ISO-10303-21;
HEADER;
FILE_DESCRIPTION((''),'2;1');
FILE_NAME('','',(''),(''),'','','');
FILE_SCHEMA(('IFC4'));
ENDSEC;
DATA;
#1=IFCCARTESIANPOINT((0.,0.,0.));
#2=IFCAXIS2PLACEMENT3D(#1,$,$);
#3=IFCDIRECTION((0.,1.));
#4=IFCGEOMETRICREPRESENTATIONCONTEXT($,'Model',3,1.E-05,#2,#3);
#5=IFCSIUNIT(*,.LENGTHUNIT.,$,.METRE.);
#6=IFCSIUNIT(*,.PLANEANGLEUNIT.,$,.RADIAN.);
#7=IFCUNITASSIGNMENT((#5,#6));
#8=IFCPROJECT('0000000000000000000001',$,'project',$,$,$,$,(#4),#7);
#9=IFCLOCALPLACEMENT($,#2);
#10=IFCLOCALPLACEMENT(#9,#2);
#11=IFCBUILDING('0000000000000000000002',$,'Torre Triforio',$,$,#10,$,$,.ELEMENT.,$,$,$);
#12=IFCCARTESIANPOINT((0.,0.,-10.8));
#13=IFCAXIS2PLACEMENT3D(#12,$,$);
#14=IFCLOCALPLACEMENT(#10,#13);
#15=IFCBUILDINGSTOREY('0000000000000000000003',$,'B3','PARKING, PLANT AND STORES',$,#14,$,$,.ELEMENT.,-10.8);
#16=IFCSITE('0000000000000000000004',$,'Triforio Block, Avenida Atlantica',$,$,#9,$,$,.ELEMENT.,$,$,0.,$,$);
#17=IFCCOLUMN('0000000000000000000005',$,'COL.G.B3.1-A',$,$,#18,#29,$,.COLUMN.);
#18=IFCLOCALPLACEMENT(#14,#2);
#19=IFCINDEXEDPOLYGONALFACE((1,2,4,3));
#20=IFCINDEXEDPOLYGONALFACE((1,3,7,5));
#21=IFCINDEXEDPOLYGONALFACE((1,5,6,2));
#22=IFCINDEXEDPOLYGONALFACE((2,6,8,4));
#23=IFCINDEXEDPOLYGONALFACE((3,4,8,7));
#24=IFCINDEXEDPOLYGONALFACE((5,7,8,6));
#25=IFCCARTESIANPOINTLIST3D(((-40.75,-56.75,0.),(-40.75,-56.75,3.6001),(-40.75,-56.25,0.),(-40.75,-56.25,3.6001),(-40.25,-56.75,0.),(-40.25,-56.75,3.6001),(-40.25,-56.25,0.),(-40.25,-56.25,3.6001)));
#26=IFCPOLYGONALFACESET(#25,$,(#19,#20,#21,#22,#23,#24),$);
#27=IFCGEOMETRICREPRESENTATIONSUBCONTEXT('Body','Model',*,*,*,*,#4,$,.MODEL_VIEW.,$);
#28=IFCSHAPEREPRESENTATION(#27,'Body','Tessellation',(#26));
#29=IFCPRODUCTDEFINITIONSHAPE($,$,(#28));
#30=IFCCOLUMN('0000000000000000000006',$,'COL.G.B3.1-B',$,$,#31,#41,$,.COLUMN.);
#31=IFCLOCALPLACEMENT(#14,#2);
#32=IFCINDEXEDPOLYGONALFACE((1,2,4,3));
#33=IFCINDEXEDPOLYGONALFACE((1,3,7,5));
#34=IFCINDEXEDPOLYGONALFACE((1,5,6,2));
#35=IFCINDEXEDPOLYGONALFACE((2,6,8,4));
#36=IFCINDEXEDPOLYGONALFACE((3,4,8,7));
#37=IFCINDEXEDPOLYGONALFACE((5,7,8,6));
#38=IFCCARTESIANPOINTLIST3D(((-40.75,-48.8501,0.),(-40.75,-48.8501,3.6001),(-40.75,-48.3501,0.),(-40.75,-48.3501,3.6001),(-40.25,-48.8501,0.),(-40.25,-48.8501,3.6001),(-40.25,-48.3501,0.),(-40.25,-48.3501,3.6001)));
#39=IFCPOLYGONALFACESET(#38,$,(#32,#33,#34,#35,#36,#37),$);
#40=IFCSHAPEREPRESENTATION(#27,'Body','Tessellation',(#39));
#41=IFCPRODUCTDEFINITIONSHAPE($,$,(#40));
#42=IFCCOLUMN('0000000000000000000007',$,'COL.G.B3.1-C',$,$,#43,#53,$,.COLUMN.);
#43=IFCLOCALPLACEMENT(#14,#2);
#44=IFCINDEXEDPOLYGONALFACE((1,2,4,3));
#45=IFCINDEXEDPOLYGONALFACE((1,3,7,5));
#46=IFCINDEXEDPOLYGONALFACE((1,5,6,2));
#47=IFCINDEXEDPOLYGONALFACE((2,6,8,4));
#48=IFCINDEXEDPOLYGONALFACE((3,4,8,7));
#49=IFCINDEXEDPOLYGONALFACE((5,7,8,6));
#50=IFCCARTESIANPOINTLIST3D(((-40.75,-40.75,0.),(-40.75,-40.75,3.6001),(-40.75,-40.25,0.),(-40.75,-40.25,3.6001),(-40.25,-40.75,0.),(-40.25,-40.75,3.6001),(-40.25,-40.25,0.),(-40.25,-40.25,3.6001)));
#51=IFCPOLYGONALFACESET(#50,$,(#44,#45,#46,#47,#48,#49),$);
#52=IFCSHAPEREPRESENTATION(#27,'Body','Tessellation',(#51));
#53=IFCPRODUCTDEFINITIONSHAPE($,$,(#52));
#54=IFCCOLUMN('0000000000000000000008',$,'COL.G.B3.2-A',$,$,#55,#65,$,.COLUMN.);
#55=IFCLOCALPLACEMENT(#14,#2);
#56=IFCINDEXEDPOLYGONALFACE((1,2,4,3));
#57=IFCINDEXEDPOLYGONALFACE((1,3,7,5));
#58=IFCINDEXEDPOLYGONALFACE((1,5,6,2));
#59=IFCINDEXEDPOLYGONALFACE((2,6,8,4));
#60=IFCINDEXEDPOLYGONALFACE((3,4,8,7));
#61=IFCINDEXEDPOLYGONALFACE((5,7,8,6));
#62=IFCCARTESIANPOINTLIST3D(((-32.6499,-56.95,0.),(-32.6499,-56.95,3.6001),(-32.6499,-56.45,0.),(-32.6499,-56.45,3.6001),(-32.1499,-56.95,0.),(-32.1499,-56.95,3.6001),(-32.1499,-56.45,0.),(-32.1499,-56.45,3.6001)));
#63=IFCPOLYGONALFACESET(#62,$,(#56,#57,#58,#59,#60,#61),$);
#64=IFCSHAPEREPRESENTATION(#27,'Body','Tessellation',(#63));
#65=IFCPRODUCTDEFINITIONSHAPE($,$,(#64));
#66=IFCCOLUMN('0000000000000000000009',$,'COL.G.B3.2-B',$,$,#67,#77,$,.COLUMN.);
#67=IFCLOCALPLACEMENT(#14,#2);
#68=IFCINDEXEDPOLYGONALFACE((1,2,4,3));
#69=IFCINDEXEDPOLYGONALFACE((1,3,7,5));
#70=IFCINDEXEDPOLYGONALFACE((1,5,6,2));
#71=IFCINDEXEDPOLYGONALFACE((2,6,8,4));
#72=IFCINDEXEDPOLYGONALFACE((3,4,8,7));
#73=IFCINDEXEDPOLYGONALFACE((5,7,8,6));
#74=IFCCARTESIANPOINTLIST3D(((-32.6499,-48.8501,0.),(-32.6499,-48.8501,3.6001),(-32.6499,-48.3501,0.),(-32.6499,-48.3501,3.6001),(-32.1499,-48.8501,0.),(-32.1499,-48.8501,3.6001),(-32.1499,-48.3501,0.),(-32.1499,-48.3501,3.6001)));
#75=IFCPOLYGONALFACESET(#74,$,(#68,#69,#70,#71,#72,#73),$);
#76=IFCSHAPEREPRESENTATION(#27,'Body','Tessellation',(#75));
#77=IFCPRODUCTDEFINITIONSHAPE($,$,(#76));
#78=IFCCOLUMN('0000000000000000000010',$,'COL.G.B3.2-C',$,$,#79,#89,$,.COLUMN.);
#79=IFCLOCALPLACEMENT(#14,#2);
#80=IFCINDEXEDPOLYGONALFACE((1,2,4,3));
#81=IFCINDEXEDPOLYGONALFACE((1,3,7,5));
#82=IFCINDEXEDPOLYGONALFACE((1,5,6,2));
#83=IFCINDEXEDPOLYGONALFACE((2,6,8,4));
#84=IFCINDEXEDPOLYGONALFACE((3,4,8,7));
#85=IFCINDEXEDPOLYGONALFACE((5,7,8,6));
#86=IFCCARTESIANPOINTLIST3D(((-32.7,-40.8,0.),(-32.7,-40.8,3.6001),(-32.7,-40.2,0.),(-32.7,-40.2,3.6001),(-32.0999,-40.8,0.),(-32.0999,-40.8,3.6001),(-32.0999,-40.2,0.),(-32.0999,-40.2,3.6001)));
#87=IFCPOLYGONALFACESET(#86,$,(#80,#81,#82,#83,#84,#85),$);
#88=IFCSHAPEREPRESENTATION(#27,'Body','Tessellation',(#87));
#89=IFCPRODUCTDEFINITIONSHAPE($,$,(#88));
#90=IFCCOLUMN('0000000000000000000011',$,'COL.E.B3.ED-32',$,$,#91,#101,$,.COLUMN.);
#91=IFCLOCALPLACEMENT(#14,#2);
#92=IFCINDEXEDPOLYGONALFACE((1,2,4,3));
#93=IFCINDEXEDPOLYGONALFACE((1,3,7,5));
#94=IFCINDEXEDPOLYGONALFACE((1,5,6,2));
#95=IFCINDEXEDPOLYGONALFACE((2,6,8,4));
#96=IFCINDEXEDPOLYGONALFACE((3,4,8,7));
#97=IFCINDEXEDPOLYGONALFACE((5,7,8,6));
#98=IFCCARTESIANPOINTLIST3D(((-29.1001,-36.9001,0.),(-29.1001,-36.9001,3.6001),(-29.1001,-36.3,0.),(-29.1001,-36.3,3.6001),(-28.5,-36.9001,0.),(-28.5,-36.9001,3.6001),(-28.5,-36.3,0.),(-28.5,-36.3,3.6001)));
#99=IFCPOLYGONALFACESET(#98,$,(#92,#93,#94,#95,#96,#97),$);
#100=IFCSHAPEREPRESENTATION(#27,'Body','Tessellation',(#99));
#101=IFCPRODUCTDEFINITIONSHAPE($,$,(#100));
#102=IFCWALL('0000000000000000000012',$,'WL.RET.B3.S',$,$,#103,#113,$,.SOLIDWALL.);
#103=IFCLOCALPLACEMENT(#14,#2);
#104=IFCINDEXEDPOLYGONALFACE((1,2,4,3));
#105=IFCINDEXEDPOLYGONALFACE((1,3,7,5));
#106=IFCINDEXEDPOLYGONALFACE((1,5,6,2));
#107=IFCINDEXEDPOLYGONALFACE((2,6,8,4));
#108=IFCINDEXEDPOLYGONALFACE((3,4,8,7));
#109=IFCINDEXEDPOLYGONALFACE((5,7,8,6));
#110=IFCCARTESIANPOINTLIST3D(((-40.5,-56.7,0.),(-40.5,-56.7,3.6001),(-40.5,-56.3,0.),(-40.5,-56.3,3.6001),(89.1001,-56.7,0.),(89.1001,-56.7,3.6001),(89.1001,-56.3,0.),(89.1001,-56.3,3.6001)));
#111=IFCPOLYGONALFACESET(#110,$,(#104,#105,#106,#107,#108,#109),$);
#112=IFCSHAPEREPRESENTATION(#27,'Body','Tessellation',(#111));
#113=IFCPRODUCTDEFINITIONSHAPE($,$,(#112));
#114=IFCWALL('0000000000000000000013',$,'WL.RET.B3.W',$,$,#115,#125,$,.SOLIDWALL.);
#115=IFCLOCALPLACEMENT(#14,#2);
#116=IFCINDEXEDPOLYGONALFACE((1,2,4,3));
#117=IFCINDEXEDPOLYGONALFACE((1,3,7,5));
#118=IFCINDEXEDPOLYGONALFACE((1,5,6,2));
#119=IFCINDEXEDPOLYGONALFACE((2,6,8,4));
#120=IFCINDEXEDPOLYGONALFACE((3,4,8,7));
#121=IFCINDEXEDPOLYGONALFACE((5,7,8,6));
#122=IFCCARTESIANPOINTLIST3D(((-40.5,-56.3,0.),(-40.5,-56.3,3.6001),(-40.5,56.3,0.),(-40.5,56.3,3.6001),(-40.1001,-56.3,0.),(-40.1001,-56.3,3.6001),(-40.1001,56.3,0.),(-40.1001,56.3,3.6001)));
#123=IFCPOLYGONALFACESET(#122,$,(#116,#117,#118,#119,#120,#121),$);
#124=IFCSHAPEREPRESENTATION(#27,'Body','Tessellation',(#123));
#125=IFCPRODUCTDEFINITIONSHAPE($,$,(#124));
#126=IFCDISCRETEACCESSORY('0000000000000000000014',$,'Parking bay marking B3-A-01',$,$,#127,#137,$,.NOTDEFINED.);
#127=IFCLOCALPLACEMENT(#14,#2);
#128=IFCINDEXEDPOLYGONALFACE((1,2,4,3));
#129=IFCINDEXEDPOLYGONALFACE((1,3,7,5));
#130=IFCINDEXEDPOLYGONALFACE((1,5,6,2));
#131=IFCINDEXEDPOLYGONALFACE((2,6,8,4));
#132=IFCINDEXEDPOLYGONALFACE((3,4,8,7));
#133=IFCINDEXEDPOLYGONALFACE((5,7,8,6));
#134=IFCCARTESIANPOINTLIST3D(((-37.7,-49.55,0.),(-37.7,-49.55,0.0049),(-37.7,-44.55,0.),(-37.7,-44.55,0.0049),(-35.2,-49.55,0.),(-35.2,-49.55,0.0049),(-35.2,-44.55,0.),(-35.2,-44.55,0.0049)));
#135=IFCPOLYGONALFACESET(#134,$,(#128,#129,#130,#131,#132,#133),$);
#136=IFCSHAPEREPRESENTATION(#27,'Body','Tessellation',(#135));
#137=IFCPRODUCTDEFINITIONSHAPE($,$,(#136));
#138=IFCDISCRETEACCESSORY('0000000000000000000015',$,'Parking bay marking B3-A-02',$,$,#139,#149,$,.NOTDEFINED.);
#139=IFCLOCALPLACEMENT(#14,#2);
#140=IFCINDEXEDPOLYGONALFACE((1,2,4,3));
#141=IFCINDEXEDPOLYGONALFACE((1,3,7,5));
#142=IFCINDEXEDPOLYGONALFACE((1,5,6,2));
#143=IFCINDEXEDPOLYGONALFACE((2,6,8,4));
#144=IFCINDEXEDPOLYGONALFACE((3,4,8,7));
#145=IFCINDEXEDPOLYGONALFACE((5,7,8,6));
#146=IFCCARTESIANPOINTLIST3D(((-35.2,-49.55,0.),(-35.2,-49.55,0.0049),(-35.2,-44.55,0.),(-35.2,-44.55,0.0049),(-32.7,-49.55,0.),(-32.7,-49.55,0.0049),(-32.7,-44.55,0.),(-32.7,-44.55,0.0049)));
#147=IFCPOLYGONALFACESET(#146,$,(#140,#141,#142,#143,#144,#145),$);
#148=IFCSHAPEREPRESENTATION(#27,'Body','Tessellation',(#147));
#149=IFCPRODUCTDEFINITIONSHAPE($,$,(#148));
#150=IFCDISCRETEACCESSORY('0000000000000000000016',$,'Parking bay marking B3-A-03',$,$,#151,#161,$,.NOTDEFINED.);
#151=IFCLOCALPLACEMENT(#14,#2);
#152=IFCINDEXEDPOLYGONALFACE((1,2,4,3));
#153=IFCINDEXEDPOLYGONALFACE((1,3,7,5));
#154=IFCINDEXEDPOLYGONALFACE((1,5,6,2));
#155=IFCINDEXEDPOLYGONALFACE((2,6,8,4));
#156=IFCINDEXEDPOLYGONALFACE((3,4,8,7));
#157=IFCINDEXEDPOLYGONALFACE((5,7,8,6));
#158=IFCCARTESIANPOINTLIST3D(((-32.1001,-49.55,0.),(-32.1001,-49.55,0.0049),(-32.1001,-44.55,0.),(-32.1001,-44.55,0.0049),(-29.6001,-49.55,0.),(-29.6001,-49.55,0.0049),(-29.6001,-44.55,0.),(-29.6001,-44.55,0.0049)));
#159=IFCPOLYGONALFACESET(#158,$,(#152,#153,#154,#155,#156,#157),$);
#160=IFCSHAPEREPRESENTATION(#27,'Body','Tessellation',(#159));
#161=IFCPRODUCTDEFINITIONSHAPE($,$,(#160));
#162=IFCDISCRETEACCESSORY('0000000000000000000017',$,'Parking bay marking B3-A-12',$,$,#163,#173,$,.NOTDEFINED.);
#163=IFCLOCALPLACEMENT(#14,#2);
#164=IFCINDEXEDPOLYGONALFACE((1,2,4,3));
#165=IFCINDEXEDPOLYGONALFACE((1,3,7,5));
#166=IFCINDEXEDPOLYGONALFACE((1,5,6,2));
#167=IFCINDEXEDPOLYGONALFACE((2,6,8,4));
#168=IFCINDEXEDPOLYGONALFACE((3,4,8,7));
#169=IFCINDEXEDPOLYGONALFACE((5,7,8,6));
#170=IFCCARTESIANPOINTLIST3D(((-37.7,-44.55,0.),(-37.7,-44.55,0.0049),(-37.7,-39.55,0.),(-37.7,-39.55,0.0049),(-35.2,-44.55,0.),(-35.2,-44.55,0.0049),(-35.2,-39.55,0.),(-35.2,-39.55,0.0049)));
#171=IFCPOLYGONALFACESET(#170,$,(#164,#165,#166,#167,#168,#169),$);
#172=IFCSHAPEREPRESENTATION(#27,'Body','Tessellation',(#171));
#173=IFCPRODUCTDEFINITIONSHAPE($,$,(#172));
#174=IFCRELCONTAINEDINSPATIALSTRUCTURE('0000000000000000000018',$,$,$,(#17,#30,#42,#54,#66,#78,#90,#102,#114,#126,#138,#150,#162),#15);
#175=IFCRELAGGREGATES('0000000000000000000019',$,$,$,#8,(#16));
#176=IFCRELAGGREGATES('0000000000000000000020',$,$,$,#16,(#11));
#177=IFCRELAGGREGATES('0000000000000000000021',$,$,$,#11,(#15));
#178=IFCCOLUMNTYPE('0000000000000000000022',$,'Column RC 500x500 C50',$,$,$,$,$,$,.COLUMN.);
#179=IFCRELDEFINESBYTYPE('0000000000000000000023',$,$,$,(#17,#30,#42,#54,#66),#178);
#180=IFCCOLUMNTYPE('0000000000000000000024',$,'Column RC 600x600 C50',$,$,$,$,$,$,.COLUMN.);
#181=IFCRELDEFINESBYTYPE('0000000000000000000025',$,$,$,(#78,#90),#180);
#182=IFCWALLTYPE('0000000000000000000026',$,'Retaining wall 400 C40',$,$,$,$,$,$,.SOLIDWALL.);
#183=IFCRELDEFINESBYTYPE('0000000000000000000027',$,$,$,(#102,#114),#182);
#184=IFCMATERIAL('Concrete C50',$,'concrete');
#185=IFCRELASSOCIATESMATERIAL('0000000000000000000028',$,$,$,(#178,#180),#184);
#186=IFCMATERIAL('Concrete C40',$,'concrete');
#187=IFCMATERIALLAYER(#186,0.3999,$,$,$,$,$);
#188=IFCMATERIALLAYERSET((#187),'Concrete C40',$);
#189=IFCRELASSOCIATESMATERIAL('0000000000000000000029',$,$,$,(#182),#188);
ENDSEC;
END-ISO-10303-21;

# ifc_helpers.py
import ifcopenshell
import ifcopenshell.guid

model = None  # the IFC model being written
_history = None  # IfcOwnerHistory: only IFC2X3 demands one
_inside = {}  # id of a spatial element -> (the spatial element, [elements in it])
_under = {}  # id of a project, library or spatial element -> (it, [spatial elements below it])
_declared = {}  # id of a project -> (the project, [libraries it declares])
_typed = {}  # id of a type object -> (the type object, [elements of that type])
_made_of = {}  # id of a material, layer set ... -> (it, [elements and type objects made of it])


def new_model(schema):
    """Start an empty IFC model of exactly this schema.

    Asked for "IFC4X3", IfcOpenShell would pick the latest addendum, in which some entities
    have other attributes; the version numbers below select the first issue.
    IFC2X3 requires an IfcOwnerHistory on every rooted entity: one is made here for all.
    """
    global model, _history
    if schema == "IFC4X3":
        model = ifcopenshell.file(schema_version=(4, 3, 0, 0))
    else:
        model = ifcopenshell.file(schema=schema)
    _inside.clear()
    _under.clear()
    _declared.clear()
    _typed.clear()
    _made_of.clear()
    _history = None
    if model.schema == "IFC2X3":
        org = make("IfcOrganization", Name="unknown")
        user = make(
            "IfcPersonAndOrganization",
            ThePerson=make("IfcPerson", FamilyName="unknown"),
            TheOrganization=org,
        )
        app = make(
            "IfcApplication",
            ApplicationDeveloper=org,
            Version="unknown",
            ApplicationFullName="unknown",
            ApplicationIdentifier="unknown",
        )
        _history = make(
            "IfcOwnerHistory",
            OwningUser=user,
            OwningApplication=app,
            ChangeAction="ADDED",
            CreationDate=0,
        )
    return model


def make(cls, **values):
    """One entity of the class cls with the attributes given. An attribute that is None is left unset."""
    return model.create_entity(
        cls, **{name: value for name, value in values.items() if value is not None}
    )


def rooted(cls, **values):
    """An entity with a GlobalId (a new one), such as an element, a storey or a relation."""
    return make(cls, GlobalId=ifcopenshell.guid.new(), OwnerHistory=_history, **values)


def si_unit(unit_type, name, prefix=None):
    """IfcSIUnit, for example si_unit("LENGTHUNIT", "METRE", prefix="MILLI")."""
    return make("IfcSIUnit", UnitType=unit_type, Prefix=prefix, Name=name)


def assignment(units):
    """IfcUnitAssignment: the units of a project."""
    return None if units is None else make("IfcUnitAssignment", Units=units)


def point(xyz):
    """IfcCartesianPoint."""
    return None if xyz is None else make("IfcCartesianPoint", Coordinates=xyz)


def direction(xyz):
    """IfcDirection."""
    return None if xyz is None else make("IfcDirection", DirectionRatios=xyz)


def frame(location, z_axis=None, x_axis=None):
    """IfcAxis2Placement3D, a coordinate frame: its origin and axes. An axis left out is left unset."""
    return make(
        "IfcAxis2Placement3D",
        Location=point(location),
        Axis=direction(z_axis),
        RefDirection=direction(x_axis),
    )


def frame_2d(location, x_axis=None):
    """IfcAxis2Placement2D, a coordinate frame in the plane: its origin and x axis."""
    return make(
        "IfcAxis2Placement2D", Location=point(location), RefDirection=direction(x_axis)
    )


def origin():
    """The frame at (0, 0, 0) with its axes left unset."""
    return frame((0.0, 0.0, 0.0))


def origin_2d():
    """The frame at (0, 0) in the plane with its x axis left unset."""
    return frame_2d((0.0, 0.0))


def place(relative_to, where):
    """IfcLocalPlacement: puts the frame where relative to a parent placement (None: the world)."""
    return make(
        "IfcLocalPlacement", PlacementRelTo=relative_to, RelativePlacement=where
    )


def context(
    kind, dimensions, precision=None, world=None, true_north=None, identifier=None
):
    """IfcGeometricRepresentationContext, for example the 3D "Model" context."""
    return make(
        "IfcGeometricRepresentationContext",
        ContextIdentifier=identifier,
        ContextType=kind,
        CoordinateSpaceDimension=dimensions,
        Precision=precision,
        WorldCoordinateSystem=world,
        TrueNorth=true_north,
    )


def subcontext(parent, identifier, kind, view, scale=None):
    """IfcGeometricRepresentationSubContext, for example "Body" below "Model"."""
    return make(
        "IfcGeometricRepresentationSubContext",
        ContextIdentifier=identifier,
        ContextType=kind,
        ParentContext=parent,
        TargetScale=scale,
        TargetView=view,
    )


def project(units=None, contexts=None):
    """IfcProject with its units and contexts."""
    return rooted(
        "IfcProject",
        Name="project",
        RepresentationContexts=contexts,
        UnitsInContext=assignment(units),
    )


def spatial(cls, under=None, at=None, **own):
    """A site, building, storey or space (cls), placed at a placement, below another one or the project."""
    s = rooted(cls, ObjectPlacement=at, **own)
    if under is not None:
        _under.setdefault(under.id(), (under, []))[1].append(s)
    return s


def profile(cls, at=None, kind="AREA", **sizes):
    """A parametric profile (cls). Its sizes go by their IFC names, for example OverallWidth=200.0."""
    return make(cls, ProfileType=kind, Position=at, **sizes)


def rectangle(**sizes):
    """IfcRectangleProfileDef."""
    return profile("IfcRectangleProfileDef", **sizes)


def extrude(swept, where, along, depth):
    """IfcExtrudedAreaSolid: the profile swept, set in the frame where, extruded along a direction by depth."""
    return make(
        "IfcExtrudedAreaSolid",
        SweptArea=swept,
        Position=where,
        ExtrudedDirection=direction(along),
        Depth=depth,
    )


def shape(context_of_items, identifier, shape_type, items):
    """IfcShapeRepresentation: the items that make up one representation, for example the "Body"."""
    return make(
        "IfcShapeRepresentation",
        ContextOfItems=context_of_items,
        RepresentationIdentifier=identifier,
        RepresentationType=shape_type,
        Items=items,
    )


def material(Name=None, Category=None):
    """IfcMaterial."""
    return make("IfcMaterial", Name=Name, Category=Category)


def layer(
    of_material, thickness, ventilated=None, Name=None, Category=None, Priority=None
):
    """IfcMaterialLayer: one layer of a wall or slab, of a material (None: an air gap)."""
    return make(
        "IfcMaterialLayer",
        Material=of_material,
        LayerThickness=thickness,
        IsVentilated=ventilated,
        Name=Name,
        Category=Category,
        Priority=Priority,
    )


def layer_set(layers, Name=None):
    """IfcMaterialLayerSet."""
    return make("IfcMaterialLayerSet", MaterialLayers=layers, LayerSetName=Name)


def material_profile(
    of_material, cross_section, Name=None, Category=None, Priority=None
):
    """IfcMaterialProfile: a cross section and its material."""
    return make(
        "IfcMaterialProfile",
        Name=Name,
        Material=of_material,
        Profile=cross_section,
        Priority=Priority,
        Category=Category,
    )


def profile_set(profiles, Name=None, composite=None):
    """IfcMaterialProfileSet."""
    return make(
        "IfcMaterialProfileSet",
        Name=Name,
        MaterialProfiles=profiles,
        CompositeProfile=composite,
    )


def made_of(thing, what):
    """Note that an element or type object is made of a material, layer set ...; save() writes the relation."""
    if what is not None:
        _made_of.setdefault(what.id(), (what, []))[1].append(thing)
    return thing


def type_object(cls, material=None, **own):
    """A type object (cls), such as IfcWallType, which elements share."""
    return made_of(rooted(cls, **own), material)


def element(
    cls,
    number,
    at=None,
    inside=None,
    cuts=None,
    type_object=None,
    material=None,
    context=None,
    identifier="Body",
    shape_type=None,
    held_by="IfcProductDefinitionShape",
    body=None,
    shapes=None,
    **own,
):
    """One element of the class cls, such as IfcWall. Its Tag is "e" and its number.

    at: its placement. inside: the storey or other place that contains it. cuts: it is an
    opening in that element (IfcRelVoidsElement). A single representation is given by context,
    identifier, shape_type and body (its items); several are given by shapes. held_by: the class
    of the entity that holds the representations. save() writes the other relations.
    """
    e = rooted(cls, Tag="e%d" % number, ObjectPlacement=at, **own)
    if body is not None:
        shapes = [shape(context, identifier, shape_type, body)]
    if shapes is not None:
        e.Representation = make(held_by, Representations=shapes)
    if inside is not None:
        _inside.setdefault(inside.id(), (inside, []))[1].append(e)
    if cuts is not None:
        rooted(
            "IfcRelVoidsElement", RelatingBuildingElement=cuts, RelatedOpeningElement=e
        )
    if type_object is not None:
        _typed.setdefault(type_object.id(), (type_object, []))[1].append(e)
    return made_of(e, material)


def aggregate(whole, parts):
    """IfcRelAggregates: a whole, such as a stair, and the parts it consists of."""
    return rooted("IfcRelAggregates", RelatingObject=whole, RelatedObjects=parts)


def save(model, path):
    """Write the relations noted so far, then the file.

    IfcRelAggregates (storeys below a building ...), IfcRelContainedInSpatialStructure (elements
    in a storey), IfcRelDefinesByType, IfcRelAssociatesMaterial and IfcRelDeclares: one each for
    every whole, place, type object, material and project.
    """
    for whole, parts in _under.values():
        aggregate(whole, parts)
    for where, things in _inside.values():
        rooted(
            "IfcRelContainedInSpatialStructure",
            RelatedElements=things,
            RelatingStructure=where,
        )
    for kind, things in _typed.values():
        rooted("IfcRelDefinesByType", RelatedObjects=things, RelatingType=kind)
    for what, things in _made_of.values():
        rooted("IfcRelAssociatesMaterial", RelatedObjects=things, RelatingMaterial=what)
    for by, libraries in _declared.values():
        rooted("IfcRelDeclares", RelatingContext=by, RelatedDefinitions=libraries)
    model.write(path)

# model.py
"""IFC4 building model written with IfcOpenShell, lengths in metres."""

from ifc_helpers import new_model, si_unit, direction, frame, frame_2d, origin, origin_2d, place, context, subcontext, project, spatial, rectangle, extrude, material, layer, layer_set, material_profile, profile_set, type_object, element, save


model = new_model("IFC4")

# Units and contexts
model_context = context("Model", 3, precision=1e-05, world=origin(), true_north=direction((0.0, 1.0)))
body_context = subcontext(model_context, "Body", "Model", "MODEL_VIEW")
ifc_project = project(units=[si_unit("LENGTHUNIT", "METRE"), si_unit("PLANEANGLEUNIT", "RADIAN")], contexts=[model_context])

# Site, building, storey
site_placement = place(None, origin())
site = spatial("IfcSite", under=ifc_project, at=site_placement, Name="Triforio Block, Avenida Atlantica", CompositionType="ELEMENT", RefElevation=0.0)
building_placement = place(site_placement, origin())
building = spatial("IfcBuilding", under=site, at=building_placement, Name="Torre Triforio", CompositionType="ELEMENT")
storey_placement = place(building_placement, frame((0.0, 0.0, -10.8)))
storey = spatial("IfcBuildingStorey", under=building, at=storey_placement, Name="B3", Description="PARKING, PLANT AND STORES", CompositionType="ELEMENT", Elevation=-10.8)

# Shared definitions
ifc_material_1 = material(Name="Concrete C50", Category="concrete")

# Columns
ifc_material_profile_1 = material_profile(ifc_material_1, rectangle(XDim=0.5, YDim=0.5, at=origin_2d()), Name="RC 500x500")
ifc_profile_set_1 = profile_set([ifc_material_profile_1], Name="Concrete C50")
column_type_1 = type_object("IfcColumnType", Name="Column RC 500x500 C50", PredefinedType="COLUMN", material=ifc_profile_set_1)
for number, where, z_axis, x_axis, name in (
    (1, (-40.5, -56.5, 0.0), (0.0, 0.0, 1.0), (1.0, 0.0, 0.0), "COL.G.B3.1-A"),
    (2, (-40.5, -48.6001, 0.0), (0.0, 0.0, 1.0), (1.0, 0.0, 0.0), "COL.G.B3.1-B"),
    (3, (-40.5, -40.5, 0.0), (0.0, 0.0, 1.0), (1.0, 0.0, 0.0), "COL.G.B3.1-C"),
    (4, (-32.3999, -56.7, 0.0), (0.0, 0.0, 1.0), (1.0, 0.0, 0.0), "COL.G.B3.2-A"),
    (5, (-32.3999, -48.6001, 0.0), (0.0, 0.0, 1.0), (1.0, 0.0, 0.0), "COL.G.B3.2-B"),
):
    element("IfcColumn", number, at=place(storey_placement, frame(where, z_axis=z_axis, x_axis=x_axis)), inside=storey, type_object=column_type_1, Name=name, PredefinedType="COLUMN", context=body_context, shape_type="SweptSolid", body=[
        extrude(rectangle(XDim=0.5, YDim=0.5, at=origin_2d()), origin(), (0.0, 0.0, 1.0), 3.6001),
    ])
ifc_material_profile_2 = material_profile(ifc_material_1, rectangle(XDim=0.6001, YDim=0.6001, at=origin_2d()), Name="RC 600x600")
ifc_profile_set_2 = profile_set([ifc_material_profile_2], Name="Concrete C50")
column_type_2 = type_object("IfcColumnType", Name="Column RC 600x600 C50", PredefinedType="COLUMN", material=ifc_profile_set_2)
for number, where, z_axis, x_axis, name in (
    (6, (-32.3999, -40.5, 0.0), (0.0, 0.0, 1.0), (1.0, 0.0, 0.0), "COL.G.B3.2-C"),
    (7, (-28.8, -36.6001, 0.0), (0.0, 0.0, 1.0), (1.0, 0.0, 0.0), "COL.E.B3.ED-32"),
):
    element("IfcColumn", number, at=place(storey_placement, frame(where, z_axis=z_axis, x_axis=x_axis)), inside=storey, type_object=column_type_2, Name=name, PredefinedType="COLUMN", context=body_context, shape_type="SweptSolid", body=[
        extrude(rectangle(XDim=0.6001, YDim=0.6001, at=origin_2d()), origin(), (0.0, 0.0, 1.0), 3.6001),
    ])

# Walls
ifc_material_2 = material(Name="Concrete C40", Category="concrete")
ifc_layer = layer(ifc_material_2, 0.3999)
ifc_layer_set = layer_set([ifc_layer], Name="Concrete C40")
wall_type = type_object("IfcWallType", Name="Retaining wall 400 C40", PredefinedType="SOLIDWALL", material=ifc_layer_set)
wall_1_placement = place(storey_placement, frame((-40.5, -56.5, 0.0), z_axis=(0.0, 0.0, 1.0), x_axis=(1.0, 0.0, 0.0)))
element("IfcWall", 8, at=wall_1_placement, inside=storey, type_object=wall_type, Name="WL.RET.B3.S", PredefinedType="SOLIDWALL", context=body_context, shape_type="SweptSolid", body=[
    extrude(rectangle(XDim=129.6001, YDim=0.3999, at=frame_2d((64.8, 0.0))), origin(), (0.0, 0.0, 1.0), 3.6001),
])
wall_2_placement = place(storey_placement, frame((-40.3, -56.3, 0.0), z_axis=(0.0, 0.0, 1.0), x_axis=(0.0, 1.0, 0.0)))
element("IfcWall", 9, at=wall_2_placement, inside=storey, type_object=wall_type, Name="WL.RET.B3.W", PredefinedType="SOLIDWALL", context=body_context, shape_type="SweptSolid", body=[
    extrude(rectangle(XDim=112.6001, YDim=0.3999, at=frame_2d((56.3, 0.0))), origin(), (0.0, 0.0, 1.0), 3.6001),
])

# Discrete accessories
for number, where, z_axis, x_axis, name in (
    (10, (-36.45, -47.05, 0.0), (0.0, 0.0, 1.0), (1.0, 0.0, 0.0), "Parking bay marking B3-A-01"),
    (11, (-33.95, -47.05, 0.0), (0.0, 0.0, 1.0), (1.0, 0.0, 0.0), "Parking bay marking B3-A-02"),
    (12, (-30.8501, -47.05, 0.0), (0.0, 0.0, 1.0), (1.0, 0.0, 0.0), "Parking bay marking B3-A-03"),
    (13, (-36.45, -42.05, 0.0), (0.0, 0.0, 1.0), (1.0, 0.0, 0.0), "Parking bay marking B3-A-12"),
):
    element("IfcDiscreteAccessory", number, at=place(storey_placement, frame(where, z_axis=z_axis, x_axis=x_axis)), inside=storey, Name=name, PredefinedType="NOTDEFINED", context=body_context, shape_type="SweptSolid", body=[
        extrude(rectangle(XDim=2.5, YDim=5.0, at=origin_2d()), origin(), (0.0, 0.0, 1.0), 0.0049),
    ])

save(model, "model.ifc")
